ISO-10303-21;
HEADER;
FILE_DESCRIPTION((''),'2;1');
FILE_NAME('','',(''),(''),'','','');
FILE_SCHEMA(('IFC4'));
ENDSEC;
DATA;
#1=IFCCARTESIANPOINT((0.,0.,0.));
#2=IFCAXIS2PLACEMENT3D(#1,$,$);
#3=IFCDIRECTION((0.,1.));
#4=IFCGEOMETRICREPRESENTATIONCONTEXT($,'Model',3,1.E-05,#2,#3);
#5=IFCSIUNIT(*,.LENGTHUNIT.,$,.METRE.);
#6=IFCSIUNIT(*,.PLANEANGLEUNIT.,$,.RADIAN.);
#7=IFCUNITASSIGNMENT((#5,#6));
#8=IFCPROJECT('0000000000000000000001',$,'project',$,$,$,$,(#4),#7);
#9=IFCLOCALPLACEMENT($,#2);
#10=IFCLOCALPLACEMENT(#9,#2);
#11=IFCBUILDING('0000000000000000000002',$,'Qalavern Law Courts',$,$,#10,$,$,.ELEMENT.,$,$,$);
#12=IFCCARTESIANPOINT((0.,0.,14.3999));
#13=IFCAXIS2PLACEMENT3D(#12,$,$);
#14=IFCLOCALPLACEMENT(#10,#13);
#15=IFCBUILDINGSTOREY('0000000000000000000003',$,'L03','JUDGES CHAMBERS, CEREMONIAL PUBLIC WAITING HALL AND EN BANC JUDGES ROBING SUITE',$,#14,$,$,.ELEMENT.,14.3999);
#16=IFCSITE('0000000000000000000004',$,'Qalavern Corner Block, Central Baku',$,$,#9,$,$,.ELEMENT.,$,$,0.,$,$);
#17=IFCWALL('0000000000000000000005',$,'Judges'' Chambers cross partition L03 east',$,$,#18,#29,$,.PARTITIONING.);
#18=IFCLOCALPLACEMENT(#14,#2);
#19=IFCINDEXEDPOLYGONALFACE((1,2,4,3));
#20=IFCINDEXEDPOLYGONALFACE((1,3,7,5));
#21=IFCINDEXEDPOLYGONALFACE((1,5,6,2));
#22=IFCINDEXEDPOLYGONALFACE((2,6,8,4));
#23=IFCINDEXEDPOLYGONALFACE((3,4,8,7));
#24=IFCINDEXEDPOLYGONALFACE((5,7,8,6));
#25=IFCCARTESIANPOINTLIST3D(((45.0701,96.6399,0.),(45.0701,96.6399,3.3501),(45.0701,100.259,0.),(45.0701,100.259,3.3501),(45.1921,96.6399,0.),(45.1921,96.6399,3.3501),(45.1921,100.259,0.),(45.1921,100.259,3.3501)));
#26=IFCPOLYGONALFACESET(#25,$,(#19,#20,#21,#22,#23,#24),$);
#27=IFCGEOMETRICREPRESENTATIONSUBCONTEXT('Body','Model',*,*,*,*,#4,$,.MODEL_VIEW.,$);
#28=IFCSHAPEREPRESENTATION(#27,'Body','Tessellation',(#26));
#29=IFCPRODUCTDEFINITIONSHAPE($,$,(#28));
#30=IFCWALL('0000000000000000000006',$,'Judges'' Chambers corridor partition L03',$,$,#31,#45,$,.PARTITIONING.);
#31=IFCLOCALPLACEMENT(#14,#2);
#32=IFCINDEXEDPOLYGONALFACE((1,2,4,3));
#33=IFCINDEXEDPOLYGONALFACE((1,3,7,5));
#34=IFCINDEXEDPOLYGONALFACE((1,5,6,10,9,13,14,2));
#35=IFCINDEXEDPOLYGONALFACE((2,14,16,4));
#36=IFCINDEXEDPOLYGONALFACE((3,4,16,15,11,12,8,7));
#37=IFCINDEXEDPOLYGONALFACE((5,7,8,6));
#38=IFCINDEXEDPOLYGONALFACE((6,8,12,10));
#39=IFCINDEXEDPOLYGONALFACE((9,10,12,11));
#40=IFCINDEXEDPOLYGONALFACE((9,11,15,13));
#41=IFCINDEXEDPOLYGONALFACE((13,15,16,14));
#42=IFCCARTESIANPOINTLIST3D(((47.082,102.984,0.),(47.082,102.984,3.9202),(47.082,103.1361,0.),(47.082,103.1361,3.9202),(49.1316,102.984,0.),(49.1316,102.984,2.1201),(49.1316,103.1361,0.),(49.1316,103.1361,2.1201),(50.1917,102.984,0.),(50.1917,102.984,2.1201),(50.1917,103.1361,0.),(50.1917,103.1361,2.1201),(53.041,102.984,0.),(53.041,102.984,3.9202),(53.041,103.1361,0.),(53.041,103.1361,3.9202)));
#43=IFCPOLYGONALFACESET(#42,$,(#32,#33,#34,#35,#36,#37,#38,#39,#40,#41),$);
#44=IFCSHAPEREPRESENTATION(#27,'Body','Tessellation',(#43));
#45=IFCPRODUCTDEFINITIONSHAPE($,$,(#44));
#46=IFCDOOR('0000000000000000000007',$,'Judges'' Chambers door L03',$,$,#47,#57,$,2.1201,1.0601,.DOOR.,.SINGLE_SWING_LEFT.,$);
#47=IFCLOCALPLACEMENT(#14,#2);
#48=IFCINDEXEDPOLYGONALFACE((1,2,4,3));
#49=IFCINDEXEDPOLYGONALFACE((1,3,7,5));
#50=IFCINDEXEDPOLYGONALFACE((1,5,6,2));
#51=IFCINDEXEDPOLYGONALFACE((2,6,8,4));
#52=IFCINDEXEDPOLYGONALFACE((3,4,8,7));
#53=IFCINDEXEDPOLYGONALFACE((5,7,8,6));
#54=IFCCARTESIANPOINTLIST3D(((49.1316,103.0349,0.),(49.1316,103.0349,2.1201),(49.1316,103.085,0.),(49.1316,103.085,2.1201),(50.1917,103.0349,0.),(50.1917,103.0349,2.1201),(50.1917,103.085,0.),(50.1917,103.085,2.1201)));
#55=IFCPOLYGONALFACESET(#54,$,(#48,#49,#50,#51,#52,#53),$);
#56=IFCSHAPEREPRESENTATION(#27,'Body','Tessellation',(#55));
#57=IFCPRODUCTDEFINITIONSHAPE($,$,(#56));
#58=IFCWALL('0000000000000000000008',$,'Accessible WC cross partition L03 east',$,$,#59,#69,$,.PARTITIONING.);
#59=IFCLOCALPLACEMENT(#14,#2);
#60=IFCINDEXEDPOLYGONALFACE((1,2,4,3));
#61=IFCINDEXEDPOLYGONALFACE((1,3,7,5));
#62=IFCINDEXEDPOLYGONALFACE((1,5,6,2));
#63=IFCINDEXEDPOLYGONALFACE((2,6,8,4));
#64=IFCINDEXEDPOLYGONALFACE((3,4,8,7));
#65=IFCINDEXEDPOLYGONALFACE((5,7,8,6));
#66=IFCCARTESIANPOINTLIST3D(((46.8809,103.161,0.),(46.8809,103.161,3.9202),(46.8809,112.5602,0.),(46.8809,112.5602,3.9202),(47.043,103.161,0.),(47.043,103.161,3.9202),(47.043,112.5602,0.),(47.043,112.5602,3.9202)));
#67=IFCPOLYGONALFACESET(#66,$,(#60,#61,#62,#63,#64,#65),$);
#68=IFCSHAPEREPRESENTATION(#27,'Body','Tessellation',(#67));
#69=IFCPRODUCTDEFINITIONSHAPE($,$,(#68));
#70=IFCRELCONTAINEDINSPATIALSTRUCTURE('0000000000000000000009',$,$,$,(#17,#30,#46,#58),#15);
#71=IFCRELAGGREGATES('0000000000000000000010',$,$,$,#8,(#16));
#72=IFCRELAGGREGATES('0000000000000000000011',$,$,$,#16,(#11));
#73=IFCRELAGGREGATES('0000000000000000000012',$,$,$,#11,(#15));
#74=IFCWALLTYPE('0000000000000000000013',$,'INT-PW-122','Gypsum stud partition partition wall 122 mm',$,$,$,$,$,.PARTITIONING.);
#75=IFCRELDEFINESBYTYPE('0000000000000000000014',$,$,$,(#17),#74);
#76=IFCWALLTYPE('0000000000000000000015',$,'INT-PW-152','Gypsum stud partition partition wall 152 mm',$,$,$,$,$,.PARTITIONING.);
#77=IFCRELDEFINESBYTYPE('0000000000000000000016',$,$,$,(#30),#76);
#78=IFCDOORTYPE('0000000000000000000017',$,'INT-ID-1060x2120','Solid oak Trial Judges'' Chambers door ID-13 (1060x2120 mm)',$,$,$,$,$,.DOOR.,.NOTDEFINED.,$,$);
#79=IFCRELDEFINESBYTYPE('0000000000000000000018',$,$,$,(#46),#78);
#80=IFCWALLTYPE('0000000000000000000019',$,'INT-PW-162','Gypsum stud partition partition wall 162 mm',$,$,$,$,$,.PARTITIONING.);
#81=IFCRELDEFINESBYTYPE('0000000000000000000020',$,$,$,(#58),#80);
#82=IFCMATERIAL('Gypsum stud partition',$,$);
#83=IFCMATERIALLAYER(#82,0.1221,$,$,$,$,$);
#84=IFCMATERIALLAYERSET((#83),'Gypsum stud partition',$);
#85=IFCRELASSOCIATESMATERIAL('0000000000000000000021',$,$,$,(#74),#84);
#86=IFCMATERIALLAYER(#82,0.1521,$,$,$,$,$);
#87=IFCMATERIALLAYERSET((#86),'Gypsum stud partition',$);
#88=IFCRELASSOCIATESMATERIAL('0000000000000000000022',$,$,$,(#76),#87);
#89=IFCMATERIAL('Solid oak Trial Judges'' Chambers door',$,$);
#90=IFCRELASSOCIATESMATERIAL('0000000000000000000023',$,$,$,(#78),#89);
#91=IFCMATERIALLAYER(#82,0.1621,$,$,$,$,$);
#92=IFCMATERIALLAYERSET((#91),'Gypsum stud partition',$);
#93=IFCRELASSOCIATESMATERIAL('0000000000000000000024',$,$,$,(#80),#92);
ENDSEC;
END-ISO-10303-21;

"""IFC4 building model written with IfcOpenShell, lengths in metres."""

from ifc_helpers import new_model, si_unit, direction, frame, frame_2d, origin, place, context, subcontext, project, spatial, rectangle, extrude, material, layer, layer_set, type_object, element, fill, save


model = new_model("IFC4")

# Units and contexts
model_context = context("Model", 3, precision=1e-05, world=origin(), true_north=direction((0.0, 1.0)))
body_context = subcontext(model_context, "Body", "Model", "MODEL_VIEW")
ifc_project = project(units=[si_unit("LENGTHUNIT", "METRE"), si_unit("PLANEANGLEUNIT", "RADIAN")], contexts=[model_context])

# Site, building, storey
site_placement = place(None, origin())
site = spatial("IfcSite", under=ifc_project, at=site_placement, Name="Qalavern Corner Block, Central Baku", CompositionType="ELEMENT", RefElevation=0.0)
building_placement = place(site_placement, origin())
building = spatial("IfcBuilding", under=site, at=building_placement, Name="Qalavern Law Courts", CompositionType="ELEMENT")
storey_placement = place(building_placement, frame((0.0, 0.0, 14.3999)))
storey = spatial("IfcBuildingStorey", under=building, at=storey_placement, Name="L03", Description="JUDGES CHAMBERS, CEREMONIAL PUBLIC WAITING HALL AND EN BANC JUDGES ROBING SUITE", CompositionType="ELEMENT", Elevation=14.3999)

# Shared definitions
ifc_material_1 = material(Name="Gypsum stud partition")

# Wall
ifc_layer_1 = layer(ifc_material_1, 0.1221)
ifc_layer_set_1 = layer_set([ifc_layer_1], Name="Gypsum stud partition")
wall_type_1 = type_object("IfcWallType", Name="INT-PW-122", Description="Gypsum stud partition partition wall 122 mm", PredefinedType="PARTITIONING", material=ifc_layer_set_1)
wall_1_placement = place(storey_placement, frame((45.1311, 96.6399, 0.0), z_axis=(0.0, 0.0, 1.0), x_axis=(0.0, 1.0, 0.0)))
element("IfcWall", 1, at=wall_1_placement, inside=storey, type_object=wall_type_1, Name="Judges' Chambers cross partition L03 east", PredefinedType="PARTITIONING", context=body_context, shape_type="SweptSolid", body=[
    extrude(rectangle(XDim=3.6191, YDim=0.1221, at=frame_2d((1.8096, 0.0))), origin(), (0.0, 0.0, 1.0), 3.3501),
])

# Wall, opening, door
ifc_layer_2 = layer(ifc_material_1, 0.1521)
ifc_layer_set_2 = layer_set([ifc_layer_2], Name="Gypsum stud partition")
wall_type_2 = type_object("IfcWallType", Name="INT-PW-152", Description="Gypsum stud partition partition wall 152 mm", PredefinedType="PARTITIONING", material=ifc_layer_set_2)
wall_2_placement = place(storey_placement, frame((47.082, 103.0601, 0.0), z_axis=(0.0, 0.0, 1.0), x_axis=(1.0, 0.0, 0.0)))
wall_2 = element("IfcWall", 2, at=wall_2_placement, inside=storey, type_object=wall_type_2, Name="Judges' Chambers corridor partition L03", PredefinedType="PARTITIONING", context=body_context, shape_type="SweptSolid", body=[
    extrude(rectangle(XDim=5.959, YDim=0.1521, at=frame_2d((2.9795, 0.0))), origin(), (0.0, 0.0, 1.0), 3.9202),
])
opening_1_placement = place(wall_2_placement, frame((2.0496, 0.0, 0.0)))
opening_1 = element("IfcOpeningElement", 3, at=opening_1_placement, cuts=wall_2, PredefinedType="OPENING", context=body_context, shape_type="SweptSolid", body=[
    extrude(rectangle(XDim=1.0601, YDim=2.1201, at=frame_2d((0.53, 1.0601))), frame((0.0, 0.0908, 0.0), z_axis=(0.0, -1.0, 0.0), x_axis=(1.0, 0.0, 0.0)), (0.0, 0.0, 1.0), 0.1819),
])
ifc_material_2 = material(Name="Solid oak Trial Judges' Chambers door")
door_type_1 = type_object("IfcDoorType", Name="INT-ID-1060x2120", Description="Solid oak Trial Judges' Chambers door ID-13 (1060x2120 mm)", OperationType="NOTDEFINED", PredefinedType="DOOR", material=ifc_material_2)
door_1_placement = place(opening_1_placement, origin())
door_1 = element("IfcDoor", 4, at=door_1_placement, inside=storey, type_object=door_type_1, Name="Judges' Chambers door L03", OperationType="SINGLE_SWING_LEFT", OverallHeight=2.1201, OverallWidth=1.0601, PredefinedType="DOOR", context=body_context, shape_type="SweptSolid", body=[
    extrude(rectangle(XDim=1.0601, YDim=2.1201, at=frame_2d((0.53, 1.0601))), frame((0.0, 0.0249, 0.0), z_axis=(0.0, -1.0, 0.0), x_axis=(1.0, 0.0, 0.0)), (0.0, 0.0, 1.0), 0.05),
])
fill(opening_1, door_1)

# Wall
ifc_layer_3 = layer(ifc_material_1, 0.1621)
ifc_layer_set_3 = layer_set([ifc_layer_3], Name="Gypsum stud partition")
wall_type_3 = type_object("IfcWallType", Name="INT-PW-162", Description="Gypsum stud partition partition wall 162 mm", PredefinedType="PARTITIONING", material=ifc_layer_set_3)
wall_3_placement = place(storey_placement, frame((46.9619, 103.1609, 0.0), z_axis=(0.0, 0.0, 1.0), x_axis=(0.0, 1.0, 0.0)))
element("IfcWall", 5, at=wall_3_placement, inside=storey, type_object=wall_type_3, Name="Accessible WC cross partition L03 east", PredefinedType="PARTITIONING", context=body_context, shape_type="SweptSolid", body=[
    extrude(rectangle(XDim=9.3992, YDim=0.1621, at=frame_2d((4.6997, 0.0))), origin(), (0.0, 0.0, 1.0), 3.9202),
])

save(model, "model.ifc")
